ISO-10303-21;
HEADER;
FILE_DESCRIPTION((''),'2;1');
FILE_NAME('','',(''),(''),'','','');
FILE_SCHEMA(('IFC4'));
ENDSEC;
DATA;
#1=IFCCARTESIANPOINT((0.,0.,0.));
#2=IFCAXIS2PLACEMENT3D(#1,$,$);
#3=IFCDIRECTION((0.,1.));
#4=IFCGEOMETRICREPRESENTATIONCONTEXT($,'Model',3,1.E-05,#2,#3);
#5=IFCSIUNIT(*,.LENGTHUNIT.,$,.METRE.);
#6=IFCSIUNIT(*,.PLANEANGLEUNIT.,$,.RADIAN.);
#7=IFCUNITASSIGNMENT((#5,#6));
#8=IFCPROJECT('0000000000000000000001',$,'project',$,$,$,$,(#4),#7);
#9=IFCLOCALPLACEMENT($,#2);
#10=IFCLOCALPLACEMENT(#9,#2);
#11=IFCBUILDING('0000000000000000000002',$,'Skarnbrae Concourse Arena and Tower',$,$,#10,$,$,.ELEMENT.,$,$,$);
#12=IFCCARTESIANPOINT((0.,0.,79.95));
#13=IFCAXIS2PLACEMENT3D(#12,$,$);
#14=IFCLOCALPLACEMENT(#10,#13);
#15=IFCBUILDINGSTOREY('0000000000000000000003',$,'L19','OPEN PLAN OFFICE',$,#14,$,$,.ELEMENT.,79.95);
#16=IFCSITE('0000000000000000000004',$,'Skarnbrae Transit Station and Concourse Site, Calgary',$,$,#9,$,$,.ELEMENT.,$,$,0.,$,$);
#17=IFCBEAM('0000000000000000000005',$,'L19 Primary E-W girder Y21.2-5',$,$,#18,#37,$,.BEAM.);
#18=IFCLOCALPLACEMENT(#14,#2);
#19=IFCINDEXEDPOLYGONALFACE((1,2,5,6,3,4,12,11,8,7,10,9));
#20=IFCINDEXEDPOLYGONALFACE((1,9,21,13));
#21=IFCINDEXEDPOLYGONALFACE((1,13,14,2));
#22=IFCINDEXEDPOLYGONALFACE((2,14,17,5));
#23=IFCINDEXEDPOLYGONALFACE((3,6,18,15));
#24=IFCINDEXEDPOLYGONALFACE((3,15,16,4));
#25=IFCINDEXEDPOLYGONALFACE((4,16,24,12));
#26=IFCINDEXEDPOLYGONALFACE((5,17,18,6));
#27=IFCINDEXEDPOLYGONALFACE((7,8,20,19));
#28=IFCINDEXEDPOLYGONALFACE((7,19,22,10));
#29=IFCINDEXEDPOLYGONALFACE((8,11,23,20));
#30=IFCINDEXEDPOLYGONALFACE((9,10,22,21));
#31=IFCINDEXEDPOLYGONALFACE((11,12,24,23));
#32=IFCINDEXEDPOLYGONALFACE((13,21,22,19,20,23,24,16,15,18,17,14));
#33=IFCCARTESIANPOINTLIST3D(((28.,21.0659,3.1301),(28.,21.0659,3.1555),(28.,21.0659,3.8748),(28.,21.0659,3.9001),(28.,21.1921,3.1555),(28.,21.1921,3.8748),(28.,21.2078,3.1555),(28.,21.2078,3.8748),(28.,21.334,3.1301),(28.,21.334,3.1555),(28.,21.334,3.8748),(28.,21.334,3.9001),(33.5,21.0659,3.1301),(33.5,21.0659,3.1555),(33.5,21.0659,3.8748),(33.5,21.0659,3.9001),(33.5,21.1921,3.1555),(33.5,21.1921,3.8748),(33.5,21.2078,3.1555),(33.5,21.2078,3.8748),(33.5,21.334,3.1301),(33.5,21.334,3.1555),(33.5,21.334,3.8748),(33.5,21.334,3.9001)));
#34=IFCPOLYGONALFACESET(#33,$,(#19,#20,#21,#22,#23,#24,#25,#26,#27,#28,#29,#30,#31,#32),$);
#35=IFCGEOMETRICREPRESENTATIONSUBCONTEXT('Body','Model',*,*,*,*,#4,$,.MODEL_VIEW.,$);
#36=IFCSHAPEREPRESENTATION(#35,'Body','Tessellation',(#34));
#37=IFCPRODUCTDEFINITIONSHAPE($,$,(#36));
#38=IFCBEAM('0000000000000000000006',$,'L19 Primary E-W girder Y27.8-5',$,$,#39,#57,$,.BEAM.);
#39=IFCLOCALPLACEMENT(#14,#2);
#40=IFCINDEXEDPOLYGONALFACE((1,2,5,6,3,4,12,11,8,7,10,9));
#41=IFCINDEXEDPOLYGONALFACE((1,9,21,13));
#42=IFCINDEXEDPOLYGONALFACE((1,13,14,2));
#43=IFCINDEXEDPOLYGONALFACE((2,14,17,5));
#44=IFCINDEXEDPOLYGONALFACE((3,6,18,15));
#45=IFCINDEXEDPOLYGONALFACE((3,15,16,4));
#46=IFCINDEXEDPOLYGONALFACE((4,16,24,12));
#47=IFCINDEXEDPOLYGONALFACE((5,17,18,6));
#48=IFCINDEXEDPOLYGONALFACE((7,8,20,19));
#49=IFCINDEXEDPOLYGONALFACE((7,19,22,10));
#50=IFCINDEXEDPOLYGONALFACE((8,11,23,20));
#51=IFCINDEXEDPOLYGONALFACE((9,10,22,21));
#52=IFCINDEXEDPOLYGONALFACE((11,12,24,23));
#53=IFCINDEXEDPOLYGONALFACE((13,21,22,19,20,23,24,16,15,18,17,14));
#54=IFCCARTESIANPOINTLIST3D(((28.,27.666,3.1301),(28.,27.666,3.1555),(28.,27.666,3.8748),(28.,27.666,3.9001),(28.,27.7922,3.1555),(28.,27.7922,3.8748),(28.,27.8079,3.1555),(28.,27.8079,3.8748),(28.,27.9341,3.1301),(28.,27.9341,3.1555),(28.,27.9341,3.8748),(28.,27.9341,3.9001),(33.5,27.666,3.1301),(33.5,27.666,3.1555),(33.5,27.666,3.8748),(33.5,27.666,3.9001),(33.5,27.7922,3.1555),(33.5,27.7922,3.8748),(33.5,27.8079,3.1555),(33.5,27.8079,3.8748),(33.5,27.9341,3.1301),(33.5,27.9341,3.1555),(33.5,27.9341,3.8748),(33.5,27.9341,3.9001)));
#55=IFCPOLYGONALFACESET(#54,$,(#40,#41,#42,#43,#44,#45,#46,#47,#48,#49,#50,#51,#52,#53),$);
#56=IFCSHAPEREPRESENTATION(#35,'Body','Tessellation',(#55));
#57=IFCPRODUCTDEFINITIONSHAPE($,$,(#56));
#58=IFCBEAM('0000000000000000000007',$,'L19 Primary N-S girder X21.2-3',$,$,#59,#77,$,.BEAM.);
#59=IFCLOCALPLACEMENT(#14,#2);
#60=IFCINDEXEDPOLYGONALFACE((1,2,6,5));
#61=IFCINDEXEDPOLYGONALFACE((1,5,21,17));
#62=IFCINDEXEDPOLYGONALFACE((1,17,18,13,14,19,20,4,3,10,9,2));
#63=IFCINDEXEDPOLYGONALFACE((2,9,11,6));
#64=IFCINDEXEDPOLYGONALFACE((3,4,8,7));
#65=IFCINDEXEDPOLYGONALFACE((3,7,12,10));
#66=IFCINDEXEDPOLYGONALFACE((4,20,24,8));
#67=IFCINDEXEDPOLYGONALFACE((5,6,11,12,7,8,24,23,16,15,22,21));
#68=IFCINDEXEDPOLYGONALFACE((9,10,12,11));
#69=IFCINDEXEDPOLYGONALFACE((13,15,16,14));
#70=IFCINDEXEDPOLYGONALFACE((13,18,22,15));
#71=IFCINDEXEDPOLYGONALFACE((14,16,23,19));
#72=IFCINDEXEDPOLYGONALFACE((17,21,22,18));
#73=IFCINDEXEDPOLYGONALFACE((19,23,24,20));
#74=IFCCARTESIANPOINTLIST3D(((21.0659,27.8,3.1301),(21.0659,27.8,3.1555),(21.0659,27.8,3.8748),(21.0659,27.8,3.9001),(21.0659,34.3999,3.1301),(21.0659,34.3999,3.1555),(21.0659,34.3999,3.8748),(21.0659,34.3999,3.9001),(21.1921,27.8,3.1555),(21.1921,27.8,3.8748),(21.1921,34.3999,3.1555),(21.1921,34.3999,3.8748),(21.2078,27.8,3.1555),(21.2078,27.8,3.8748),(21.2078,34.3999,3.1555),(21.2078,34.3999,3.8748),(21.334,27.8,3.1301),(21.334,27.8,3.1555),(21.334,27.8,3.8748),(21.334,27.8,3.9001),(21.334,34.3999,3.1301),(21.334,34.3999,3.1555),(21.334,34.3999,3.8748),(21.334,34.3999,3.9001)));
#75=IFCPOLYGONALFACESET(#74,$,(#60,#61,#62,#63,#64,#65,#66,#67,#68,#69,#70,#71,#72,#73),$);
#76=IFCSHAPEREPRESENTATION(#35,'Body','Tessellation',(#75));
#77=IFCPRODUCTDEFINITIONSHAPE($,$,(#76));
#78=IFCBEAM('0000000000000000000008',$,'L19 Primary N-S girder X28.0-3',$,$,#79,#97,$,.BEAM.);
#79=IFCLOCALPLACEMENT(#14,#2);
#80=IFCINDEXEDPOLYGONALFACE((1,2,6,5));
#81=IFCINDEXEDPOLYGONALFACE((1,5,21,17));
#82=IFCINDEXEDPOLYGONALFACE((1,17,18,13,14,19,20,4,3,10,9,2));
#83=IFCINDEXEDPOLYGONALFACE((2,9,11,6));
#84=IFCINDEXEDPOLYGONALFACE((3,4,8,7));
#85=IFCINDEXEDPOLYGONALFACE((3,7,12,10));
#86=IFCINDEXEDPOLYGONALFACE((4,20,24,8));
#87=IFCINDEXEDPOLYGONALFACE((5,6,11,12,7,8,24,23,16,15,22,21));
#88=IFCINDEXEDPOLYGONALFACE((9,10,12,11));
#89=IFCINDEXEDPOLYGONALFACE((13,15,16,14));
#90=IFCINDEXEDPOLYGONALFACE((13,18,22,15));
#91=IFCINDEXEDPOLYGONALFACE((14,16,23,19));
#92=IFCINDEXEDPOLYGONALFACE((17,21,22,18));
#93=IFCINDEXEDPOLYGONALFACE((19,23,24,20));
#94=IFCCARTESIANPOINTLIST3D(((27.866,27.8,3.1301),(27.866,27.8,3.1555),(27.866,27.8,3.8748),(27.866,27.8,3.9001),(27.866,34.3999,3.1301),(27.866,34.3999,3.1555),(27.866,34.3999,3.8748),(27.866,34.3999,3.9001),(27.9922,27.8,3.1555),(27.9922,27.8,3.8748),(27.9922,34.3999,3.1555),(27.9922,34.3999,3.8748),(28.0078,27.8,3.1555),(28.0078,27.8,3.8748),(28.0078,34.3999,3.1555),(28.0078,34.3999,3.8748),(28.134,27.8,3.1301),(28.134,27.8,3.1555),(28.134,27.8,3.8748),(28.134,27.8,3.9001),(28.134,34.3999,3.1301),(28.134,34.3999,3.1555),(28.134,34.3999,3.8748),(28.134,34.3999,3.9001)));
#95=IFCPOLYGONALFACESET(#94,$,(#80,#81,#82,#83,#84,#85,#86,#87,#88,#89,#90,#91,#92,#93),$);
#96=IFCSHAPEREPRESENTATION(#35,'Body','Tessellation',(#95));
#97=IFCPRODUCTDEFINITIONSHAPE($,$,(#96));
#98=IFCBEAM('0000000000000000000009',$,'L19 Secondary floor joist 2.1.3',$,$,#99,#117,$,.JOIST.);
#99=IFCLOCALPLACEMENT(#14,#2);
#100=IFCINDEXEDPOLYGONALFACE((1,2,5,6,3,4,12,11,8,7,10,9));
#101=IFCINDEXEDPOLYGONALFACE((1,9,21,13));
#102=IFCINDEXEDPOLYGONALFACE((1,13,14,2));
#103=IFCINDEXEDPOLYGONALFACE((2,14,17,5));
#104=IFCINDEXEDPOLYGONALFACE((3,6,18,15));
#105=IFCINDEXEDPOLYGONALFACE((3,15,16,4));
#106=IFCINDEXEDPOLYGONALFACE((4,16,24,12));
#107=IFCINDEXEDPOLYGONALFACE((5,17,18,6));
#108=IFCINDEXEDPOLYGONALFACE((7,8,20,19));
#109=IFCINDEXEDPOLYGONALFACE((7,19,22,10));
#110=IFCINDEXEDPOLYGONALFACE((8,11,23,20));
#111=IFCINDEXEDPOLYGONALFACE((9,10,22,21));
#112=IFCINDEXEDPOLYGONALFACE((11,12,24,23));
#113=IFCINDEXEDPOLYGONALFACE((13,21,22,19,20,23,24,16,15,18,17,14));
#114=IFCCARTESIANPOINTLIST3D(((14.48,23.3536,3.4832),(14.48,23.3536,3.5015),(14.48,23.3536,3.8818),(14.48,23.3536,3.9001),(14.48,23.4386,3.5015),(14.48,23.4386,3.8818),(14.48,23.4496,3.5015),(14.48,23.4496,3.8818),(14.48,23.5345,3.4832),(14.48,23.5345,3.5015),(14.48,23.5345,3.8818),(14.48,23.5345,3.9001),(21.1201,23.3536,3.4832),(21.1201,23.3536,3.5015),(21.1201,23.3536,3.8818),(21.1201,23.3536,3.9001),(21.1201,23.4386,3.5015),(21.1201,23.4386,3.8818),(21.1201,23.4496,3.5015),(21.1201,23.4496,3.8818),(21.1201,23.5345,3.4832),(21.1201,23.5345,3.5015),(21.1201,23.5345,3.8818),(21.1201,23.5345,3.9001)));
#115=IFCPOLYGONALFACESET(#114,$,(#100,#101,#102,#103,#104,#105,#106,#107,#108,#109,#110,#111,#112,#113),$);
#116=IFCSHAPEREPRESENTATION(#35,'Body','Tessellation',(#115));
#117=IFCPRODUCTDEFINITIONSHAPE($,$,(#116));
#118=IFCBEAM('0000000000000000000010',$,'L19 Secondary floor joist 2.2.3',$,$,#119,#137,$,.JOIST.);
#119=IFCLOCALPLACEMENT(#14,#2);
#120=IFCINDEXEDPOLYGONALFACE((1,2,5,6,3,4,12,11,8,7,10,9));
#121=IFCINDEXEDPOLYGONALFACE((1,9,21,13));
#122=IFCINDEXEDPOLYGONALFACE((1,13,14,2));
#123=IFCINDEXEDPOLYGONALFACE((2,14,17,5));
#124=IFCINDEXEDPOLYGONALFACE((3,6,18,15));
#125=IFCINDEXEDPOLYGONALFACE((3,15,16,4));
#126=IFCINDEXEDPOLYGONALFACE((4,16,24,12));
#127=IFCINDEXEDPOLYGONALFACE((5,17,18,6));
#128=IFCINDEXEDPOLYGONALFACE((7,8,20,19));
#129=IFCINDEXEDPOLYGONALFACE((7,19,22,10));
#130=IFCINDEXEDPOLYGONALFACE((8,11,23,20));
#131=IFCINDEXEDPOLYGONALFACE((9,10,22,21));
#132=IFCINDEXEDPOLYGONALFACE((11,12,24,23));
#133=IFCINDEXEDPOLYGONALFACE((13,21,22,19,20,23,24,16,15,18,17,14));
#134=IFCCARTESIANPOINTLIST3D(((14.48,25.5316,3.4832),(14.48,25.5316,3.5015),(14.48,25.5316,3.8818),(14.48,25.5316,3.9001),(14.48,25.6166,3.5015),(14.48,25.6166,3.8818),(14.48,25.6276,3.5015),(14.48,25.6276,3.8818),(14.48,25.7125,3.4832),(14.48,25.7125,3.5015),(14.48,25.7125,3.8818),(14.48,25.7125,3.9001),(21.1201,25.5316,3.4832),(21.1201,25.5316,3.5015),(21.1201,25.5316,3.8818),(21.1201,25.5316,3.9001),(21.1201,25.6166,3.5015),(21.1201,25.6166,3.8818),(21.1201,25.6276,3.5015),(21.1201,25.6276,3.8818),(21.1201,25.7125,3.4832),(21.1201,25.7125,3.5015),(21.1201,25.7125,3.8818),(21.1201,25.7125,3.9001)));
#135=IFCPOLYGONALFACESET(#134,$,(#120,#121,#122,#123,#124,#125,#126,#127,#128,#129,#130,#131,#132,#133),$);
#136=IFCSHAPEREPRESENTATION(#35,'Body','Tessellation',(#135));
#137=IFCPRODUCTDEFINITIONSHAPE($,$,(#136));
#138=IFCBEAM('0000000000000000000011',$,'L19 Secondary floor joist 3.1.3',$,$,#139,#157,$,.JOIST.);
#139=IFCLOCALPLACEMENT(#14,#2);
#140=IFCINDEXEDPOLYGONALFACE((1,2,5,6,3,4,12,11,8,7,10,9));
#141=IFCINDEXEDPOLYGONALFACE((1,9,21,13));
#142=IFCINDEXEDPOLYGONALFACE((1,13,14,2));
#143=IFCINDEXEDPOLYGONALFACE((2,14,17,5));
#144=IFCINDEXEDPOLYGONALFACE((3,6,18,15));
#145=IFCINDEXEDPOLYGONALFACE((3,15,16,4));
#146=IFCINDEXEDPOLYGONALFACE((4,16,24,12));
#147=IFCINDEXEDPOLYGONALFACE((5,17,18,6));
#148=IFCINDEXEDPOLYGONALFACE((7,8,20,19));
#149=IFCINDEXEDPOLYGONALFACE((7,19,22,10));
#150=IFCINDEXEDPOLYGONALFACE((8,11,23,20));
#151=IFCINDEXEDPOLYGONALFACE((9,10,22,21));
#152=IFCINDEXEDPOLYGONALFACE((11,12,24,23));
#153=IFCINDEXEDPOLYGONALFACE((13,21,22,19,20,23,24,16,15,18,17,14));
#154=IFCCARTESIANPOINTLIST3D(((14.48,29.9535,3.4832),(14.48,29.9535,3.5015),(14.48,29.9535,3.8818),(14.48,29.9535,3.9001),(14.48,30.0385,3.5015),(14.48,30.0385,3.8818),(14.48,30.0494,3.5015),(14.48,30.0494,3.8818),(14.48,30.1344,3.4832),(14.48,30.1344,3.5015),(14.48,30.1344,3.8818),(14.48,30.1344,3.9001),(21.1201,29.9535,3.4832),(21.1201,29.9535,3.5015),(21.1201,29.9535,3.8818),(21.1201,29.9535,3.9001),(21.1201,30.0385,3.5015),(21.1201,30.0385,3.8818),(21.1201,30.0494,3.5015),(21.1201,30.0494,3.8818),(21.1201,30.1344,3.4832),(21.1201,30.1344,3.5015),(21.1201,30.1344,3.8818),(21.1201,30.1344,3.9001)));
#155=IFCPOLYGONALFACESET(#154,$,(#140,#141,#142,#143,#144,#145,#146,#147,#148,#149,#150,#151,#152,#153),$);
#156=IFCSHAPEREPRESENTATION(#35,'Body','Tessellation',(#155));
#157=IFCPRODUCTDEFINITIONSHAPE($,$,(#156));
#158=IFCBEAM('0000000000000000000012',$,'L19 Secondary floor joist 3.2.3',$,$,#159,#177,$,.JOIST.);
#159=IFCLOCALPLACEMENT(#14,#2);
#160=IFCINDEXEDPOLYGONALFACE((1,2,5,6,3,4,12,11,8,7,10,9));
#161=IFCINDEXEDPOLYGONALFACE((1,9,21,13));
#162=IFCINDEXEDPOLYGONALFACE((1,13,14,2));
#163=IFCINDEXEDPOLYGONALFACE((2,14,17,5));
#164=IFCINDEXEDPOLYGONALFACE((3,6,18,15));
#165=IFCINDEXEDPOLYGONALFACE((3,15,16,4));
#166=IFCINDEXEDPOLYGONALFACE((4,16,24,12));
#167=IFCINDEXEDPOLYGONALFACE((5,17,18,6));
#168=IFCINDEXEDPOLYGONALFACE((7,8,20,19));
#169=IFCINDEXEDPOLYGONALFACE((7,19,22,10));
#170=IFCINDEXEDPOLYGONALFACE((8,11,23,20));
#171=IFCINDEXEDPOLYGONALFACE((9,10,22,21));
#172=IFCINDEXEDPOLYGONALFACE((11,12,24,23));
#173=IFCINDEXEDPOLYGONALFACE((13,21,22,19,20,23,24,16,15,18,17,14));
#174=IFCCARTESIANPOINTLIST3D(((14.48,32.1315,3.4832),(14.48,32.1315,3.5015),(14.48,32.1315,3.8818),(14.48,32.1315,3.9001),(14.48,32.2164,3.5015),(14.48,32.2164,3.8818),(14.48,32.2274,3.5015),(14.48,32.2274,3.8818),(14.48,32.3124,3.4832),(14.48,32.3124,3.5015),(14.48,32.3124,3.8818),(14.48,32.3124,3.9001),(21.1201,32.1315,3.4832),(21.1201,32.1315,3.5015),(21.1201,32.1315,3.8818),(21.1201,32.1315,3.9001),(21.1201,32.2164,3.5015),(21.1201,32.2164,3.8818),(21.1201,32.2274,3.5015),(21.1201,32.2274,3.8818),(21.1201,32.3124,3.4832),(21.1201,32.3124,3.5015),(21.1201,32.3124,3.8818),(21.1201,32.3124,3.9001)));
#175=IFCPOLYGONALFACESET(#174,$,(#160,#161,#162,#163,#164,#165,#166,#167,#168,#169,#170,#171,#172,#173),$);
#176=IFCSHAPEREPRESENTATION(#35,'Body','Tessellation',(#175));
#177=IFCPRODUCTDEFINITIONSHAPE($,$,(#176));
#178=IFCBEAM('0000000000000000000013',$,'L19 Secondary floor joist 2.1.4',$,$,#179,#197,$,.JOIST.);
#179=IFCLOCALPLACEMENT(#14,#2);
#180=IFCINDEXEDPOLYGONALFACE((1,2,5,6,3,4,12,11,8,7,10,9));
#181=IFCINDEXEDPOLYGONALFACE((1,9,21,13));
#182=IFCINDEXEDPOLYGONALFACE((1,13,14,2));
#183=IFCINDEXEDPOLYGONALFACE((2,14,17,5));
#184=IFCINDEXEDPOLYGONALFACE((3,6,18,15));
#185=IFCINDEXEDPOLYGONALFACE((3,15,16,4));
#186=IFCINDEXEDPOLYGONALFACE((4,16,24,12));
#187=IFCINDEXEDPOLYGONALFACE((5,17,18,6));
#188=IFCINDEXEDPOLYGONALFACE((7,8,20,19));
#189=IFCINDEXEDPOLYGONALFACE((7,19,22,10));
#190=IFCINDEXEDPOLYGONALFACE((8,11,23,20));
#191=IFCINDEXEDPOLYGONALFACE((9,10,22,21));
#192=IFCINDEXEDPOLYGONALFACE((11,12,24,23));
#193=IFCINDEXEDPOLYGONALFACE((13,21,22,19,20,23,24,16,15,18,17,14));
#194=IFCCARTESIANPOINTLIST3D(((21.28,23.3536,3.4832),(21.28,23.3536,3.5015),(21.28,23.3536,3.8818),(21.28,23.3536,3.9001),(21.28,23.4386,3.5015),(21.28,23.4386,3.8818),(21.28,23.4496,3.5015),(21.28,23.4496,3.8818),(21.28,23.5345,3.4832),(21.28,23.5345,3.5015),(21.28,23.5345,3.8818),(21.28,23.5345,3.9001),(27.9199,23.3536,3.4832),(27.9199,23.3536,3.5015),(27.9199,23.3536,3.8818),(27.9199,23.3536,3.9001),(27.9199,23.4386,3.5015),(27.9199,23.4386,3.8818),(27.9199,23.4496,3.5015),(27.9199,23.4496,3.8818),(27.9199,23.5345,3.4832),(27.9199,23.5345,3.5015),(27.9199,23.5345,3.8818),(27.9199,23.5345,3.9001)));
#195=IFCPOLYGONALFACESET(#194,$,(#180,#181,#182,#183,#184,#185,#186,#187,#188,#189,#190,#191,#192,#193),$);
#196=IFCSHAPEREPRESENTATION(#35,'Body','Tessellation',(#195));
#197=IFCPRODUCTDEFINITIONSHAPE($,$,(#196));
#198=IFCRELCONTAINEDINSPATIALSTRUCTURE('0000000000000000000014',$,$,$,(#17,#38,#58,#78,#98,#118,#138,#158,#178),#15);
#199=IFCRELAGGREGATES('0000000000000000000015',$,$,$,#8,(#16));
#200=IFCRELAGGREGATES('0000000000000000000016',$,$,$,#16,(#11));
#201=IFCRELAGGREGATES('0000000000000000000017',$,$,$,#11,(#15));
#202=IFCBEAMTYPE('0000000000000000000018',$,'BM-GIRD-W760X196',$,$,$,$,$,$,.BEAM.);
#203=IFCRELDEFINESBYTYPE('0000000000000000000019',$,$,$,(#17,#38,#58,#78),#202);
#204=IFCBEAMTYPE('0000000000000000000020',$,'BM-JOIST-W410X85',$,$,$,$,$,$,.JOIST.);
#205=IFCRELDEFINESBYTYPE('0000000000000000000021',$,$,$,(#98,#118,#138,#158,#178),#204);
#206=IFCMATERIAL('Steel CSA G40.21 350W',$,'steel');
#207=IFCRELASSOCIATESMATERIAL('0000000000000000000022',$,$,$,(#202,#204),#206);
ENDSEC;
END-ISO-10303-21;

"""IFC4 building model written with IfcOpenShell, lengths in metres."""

from ifc_helpers import new_model, si_unit, direction, frame, origin, origin_2d, place, context, subcontext, project, spatial, i_section, extrude, source, transform, mapped, material, material_profile, profile_set, type_object, element, save


model = new_model("IFC4")

# Units and contexts
model_context = context("Model", 3, precision=1e-05, world=origin(), true_north=direction((0.0, 1.0)))
body_context = subcontext(model_context, "Body", "Model", "MODEL_VIEW")
ifc_project = project(units=[si_unit("LENGTHUNIT", "METRE"), si_unit("PLANEANGLEUNIT", "RADIAN")], contexts=[model_context])

# Site, building, storey
site_placement = place(None, origin())
site = spatial("IfcSite", under=ifc_project, at=site_placement, Name="Skarnbrae Transit Station and Concourse Site, Calgary", CompositionType="ELEMENT", RefElevation=0.0)
building_placement = place(site_placement, origin())
building = spatial("IfcBuilding", under=site, at=building_placement, Name="Skarnbrae Concourse Arena and Tower", CompositionType="ELEMENT")
storey_placement = place(building_placement, frame((0.0, 0.0, 79.95)))
storey = spatial("IfcBuildingStorey", under=building, at=storey_placement, Name="L19", Description="OPEN PLAN OFFICE", CompositionType="ELEMENT", Elevation=79.95)

# Shared definitions
ifc_material_1 = material(Name="Steel CSA G40.21 350W", Category="steel")

# Beams
ifc_material_profile_1 = material_profile(ifc_material_1, i_section(OverallWidth=0.2681, OverallDepth=0.77, WebThickness=0.0156, FlangeThickness=0.0254, at=origin_2d()), Name="W760X196")
ifc_profile_set_1 = profile_set([ifc_material_profile_1], Name="Steel CSA G40.21 350W")
beam_type_1 = type_object("IfcBeamType", Name="BM-GIRD-W760X196", PredefinedType="BEAM", material=ifc_profile_set_1)
shared_shape_1 = source(origin(), body_context, "Body", "SweptSolid", [
    extrude(i_section(OverallWidth=0.2681, OverallDepth=0.77, WebThickness=0.0156, FlangeThickness=0.0254, at=origin_2d()), origin(), (0.0, 0.0, 1.0), 5.5),
])
for number, where, z_axis, x_axis, name in (
    (1, (28.0, 21.2, 3.5151), (1.0, 0.0, 0.0), (0.0, 1.0, 0.0), "L19 Primary E-W girder Y21.2-5"),
    (2, (28.0, 27.8, 3.5151), (1.0, 0.0, 0.0), (0.0, 1.0, 0.0), "L19 Primary E-W girder Y27.8-5"),
):
    element("IfcBeam", number, at=place(storey_placement, frame(where, z_axis=z_axis, x_axis=x_axis)), inside=storey, type_object=beam_type_1, Name=name, PredefinedType="BEAM", context=body_context, shape_type="MappedRepresentation", body=[
        mapped(shared_shape_1, transform((0.0, 0.0, 0.0))),
    ])
shared_shape_2 = source(origin(), body_context, "Body", "SweptSolid", [
    extrude(i_section(OverallWidth=0.2681, OverallDepth=0.77, WebThickness=0.0156, FlangeThickness=0.0254, at=origin_2d()), origin(), (0.0, 0.0, 1.0), 6.5999),
])
for number, where, z_axis, x_axis, name in (
    (3, (21.2, 27.8, 3.5151), (0.0, 1.0, 0.0), (-1.0, 0.0, 0.0), "L19 Primary N-S girder X21.2-3"),
    (4, (28.0, 27.8, 3.5151), (0.0, 1.0, 0.0), (-1.0, 0.0, 0.0), "L19 Primary N-S girder X28.0-3"),
):
    element("IfcBeam", number, at=place(storey_placement, frame(where, z_axis=z_axis, x_axis=x_axis)), inside=storey, type_object=beam_type_1, Name=name, PredefinedType="BEAM", context=body_context, shape_type="MappedRepresentation", body=[
        mapped(shared_shape_2, transform((0.0, 0.0, 0.0))),
    ])
ifc_material_profile_2 = material_profile(ifc_material_1, i_section(OverallWidth=0.1809, OverallDepth=0.417, WebThickness=0.011, FlangeThickness=0.0183, at=origin_2d()), Name="W410X85")
ifc_profile_set_2 = profile_set([ifc_material_profile_2], Name="Steel CSA G40.21 350W")
beam_type_2 = type_object("IfcBeamType", Name="BM-JOIST-W410X85", PredefinedType="JOIST", material=ifc_profile_set_2)
shared_shape_3 = source(origin(), body_context, "Body", "SweptSolid", [
    extrude(i_section(OverallWidth=0.1809, OverallDepth=0.417, WebThickness=0.011, FlangeThickness=0.0183, at=origin_2d()), origin(), (0.0, 0.0, 1.0), 6.6401),
])
for number, where, z_axis, x_axis, name in (
    (5, (14.48, 23.4441, 3.6917), (1.0, 0.0, 0.0), (0.0, 1.0, 0.0), "L19 Secondary floor joist 2.1.3"),
    (6, (14.48, 25.6221, 3.6917), (1.0, 0.0, 0.0), (0.0, 1.0, 0.0), "L19 Secondary floor joist 2.2.3"),
    (7, (14.48, 30.0439, 3.6917), (1.0, 0.0, 0.0), (0.0, 1.0, 0.0), "L19 Secondary floor joist 3.1.3"),
    (8, (14.48, 32.2219, 3.6917), (1.0, 0.0, 0.0), (0.0, 1.0, 0.0), "L19 Secondary floor joist 3.2.3"),
):
    element("IfcBeam", number, at=place(storey_placement, frame(where, z_axis=z_axis, x_axis=x_axis)), inside=storey, type_object=beam_type_2, Name=name, PredefinedType="JOIST", context=body_context, shape_type="MappedRepresentation", body=[
        mapped(shared_shape_3, transform((0.0, 0.0, 0.0))),
    ])
shared_shape_4 = source(origin(), body_context, "Body", "SweptSolid", [
    extrude(i_section(OverallWidth=0.1809, OverallDepth=0.417, WebThickness=0.011, FlangeThickness=0.0183, at=origin_2d()), origin(), (0.0, 0.0, 1.0), 6.6399),
])
for number, where, z_axis, x_axis, name in (
    (9, (21.28, 23.4441, 3.6917), (1.0, 0.0, 0.0), (0.0, 1.0, 0.0), "L19 Secondary floor joist 2.1.4"),
):
    element("IfcBeam", number, at=place(storey_placement, frame(where, z_axis=z_axis, x_axis=x_axis)), inside=storey, type_object=beam_type_2, Name=name, PredefinedType="JOIST", context=body_context, shape_type="MappedRepresentation", body=[
        mapped(shared_shape_4, transform((0.0, 0.0, 0.0))),
    ])

save(model, "model.ifc")
